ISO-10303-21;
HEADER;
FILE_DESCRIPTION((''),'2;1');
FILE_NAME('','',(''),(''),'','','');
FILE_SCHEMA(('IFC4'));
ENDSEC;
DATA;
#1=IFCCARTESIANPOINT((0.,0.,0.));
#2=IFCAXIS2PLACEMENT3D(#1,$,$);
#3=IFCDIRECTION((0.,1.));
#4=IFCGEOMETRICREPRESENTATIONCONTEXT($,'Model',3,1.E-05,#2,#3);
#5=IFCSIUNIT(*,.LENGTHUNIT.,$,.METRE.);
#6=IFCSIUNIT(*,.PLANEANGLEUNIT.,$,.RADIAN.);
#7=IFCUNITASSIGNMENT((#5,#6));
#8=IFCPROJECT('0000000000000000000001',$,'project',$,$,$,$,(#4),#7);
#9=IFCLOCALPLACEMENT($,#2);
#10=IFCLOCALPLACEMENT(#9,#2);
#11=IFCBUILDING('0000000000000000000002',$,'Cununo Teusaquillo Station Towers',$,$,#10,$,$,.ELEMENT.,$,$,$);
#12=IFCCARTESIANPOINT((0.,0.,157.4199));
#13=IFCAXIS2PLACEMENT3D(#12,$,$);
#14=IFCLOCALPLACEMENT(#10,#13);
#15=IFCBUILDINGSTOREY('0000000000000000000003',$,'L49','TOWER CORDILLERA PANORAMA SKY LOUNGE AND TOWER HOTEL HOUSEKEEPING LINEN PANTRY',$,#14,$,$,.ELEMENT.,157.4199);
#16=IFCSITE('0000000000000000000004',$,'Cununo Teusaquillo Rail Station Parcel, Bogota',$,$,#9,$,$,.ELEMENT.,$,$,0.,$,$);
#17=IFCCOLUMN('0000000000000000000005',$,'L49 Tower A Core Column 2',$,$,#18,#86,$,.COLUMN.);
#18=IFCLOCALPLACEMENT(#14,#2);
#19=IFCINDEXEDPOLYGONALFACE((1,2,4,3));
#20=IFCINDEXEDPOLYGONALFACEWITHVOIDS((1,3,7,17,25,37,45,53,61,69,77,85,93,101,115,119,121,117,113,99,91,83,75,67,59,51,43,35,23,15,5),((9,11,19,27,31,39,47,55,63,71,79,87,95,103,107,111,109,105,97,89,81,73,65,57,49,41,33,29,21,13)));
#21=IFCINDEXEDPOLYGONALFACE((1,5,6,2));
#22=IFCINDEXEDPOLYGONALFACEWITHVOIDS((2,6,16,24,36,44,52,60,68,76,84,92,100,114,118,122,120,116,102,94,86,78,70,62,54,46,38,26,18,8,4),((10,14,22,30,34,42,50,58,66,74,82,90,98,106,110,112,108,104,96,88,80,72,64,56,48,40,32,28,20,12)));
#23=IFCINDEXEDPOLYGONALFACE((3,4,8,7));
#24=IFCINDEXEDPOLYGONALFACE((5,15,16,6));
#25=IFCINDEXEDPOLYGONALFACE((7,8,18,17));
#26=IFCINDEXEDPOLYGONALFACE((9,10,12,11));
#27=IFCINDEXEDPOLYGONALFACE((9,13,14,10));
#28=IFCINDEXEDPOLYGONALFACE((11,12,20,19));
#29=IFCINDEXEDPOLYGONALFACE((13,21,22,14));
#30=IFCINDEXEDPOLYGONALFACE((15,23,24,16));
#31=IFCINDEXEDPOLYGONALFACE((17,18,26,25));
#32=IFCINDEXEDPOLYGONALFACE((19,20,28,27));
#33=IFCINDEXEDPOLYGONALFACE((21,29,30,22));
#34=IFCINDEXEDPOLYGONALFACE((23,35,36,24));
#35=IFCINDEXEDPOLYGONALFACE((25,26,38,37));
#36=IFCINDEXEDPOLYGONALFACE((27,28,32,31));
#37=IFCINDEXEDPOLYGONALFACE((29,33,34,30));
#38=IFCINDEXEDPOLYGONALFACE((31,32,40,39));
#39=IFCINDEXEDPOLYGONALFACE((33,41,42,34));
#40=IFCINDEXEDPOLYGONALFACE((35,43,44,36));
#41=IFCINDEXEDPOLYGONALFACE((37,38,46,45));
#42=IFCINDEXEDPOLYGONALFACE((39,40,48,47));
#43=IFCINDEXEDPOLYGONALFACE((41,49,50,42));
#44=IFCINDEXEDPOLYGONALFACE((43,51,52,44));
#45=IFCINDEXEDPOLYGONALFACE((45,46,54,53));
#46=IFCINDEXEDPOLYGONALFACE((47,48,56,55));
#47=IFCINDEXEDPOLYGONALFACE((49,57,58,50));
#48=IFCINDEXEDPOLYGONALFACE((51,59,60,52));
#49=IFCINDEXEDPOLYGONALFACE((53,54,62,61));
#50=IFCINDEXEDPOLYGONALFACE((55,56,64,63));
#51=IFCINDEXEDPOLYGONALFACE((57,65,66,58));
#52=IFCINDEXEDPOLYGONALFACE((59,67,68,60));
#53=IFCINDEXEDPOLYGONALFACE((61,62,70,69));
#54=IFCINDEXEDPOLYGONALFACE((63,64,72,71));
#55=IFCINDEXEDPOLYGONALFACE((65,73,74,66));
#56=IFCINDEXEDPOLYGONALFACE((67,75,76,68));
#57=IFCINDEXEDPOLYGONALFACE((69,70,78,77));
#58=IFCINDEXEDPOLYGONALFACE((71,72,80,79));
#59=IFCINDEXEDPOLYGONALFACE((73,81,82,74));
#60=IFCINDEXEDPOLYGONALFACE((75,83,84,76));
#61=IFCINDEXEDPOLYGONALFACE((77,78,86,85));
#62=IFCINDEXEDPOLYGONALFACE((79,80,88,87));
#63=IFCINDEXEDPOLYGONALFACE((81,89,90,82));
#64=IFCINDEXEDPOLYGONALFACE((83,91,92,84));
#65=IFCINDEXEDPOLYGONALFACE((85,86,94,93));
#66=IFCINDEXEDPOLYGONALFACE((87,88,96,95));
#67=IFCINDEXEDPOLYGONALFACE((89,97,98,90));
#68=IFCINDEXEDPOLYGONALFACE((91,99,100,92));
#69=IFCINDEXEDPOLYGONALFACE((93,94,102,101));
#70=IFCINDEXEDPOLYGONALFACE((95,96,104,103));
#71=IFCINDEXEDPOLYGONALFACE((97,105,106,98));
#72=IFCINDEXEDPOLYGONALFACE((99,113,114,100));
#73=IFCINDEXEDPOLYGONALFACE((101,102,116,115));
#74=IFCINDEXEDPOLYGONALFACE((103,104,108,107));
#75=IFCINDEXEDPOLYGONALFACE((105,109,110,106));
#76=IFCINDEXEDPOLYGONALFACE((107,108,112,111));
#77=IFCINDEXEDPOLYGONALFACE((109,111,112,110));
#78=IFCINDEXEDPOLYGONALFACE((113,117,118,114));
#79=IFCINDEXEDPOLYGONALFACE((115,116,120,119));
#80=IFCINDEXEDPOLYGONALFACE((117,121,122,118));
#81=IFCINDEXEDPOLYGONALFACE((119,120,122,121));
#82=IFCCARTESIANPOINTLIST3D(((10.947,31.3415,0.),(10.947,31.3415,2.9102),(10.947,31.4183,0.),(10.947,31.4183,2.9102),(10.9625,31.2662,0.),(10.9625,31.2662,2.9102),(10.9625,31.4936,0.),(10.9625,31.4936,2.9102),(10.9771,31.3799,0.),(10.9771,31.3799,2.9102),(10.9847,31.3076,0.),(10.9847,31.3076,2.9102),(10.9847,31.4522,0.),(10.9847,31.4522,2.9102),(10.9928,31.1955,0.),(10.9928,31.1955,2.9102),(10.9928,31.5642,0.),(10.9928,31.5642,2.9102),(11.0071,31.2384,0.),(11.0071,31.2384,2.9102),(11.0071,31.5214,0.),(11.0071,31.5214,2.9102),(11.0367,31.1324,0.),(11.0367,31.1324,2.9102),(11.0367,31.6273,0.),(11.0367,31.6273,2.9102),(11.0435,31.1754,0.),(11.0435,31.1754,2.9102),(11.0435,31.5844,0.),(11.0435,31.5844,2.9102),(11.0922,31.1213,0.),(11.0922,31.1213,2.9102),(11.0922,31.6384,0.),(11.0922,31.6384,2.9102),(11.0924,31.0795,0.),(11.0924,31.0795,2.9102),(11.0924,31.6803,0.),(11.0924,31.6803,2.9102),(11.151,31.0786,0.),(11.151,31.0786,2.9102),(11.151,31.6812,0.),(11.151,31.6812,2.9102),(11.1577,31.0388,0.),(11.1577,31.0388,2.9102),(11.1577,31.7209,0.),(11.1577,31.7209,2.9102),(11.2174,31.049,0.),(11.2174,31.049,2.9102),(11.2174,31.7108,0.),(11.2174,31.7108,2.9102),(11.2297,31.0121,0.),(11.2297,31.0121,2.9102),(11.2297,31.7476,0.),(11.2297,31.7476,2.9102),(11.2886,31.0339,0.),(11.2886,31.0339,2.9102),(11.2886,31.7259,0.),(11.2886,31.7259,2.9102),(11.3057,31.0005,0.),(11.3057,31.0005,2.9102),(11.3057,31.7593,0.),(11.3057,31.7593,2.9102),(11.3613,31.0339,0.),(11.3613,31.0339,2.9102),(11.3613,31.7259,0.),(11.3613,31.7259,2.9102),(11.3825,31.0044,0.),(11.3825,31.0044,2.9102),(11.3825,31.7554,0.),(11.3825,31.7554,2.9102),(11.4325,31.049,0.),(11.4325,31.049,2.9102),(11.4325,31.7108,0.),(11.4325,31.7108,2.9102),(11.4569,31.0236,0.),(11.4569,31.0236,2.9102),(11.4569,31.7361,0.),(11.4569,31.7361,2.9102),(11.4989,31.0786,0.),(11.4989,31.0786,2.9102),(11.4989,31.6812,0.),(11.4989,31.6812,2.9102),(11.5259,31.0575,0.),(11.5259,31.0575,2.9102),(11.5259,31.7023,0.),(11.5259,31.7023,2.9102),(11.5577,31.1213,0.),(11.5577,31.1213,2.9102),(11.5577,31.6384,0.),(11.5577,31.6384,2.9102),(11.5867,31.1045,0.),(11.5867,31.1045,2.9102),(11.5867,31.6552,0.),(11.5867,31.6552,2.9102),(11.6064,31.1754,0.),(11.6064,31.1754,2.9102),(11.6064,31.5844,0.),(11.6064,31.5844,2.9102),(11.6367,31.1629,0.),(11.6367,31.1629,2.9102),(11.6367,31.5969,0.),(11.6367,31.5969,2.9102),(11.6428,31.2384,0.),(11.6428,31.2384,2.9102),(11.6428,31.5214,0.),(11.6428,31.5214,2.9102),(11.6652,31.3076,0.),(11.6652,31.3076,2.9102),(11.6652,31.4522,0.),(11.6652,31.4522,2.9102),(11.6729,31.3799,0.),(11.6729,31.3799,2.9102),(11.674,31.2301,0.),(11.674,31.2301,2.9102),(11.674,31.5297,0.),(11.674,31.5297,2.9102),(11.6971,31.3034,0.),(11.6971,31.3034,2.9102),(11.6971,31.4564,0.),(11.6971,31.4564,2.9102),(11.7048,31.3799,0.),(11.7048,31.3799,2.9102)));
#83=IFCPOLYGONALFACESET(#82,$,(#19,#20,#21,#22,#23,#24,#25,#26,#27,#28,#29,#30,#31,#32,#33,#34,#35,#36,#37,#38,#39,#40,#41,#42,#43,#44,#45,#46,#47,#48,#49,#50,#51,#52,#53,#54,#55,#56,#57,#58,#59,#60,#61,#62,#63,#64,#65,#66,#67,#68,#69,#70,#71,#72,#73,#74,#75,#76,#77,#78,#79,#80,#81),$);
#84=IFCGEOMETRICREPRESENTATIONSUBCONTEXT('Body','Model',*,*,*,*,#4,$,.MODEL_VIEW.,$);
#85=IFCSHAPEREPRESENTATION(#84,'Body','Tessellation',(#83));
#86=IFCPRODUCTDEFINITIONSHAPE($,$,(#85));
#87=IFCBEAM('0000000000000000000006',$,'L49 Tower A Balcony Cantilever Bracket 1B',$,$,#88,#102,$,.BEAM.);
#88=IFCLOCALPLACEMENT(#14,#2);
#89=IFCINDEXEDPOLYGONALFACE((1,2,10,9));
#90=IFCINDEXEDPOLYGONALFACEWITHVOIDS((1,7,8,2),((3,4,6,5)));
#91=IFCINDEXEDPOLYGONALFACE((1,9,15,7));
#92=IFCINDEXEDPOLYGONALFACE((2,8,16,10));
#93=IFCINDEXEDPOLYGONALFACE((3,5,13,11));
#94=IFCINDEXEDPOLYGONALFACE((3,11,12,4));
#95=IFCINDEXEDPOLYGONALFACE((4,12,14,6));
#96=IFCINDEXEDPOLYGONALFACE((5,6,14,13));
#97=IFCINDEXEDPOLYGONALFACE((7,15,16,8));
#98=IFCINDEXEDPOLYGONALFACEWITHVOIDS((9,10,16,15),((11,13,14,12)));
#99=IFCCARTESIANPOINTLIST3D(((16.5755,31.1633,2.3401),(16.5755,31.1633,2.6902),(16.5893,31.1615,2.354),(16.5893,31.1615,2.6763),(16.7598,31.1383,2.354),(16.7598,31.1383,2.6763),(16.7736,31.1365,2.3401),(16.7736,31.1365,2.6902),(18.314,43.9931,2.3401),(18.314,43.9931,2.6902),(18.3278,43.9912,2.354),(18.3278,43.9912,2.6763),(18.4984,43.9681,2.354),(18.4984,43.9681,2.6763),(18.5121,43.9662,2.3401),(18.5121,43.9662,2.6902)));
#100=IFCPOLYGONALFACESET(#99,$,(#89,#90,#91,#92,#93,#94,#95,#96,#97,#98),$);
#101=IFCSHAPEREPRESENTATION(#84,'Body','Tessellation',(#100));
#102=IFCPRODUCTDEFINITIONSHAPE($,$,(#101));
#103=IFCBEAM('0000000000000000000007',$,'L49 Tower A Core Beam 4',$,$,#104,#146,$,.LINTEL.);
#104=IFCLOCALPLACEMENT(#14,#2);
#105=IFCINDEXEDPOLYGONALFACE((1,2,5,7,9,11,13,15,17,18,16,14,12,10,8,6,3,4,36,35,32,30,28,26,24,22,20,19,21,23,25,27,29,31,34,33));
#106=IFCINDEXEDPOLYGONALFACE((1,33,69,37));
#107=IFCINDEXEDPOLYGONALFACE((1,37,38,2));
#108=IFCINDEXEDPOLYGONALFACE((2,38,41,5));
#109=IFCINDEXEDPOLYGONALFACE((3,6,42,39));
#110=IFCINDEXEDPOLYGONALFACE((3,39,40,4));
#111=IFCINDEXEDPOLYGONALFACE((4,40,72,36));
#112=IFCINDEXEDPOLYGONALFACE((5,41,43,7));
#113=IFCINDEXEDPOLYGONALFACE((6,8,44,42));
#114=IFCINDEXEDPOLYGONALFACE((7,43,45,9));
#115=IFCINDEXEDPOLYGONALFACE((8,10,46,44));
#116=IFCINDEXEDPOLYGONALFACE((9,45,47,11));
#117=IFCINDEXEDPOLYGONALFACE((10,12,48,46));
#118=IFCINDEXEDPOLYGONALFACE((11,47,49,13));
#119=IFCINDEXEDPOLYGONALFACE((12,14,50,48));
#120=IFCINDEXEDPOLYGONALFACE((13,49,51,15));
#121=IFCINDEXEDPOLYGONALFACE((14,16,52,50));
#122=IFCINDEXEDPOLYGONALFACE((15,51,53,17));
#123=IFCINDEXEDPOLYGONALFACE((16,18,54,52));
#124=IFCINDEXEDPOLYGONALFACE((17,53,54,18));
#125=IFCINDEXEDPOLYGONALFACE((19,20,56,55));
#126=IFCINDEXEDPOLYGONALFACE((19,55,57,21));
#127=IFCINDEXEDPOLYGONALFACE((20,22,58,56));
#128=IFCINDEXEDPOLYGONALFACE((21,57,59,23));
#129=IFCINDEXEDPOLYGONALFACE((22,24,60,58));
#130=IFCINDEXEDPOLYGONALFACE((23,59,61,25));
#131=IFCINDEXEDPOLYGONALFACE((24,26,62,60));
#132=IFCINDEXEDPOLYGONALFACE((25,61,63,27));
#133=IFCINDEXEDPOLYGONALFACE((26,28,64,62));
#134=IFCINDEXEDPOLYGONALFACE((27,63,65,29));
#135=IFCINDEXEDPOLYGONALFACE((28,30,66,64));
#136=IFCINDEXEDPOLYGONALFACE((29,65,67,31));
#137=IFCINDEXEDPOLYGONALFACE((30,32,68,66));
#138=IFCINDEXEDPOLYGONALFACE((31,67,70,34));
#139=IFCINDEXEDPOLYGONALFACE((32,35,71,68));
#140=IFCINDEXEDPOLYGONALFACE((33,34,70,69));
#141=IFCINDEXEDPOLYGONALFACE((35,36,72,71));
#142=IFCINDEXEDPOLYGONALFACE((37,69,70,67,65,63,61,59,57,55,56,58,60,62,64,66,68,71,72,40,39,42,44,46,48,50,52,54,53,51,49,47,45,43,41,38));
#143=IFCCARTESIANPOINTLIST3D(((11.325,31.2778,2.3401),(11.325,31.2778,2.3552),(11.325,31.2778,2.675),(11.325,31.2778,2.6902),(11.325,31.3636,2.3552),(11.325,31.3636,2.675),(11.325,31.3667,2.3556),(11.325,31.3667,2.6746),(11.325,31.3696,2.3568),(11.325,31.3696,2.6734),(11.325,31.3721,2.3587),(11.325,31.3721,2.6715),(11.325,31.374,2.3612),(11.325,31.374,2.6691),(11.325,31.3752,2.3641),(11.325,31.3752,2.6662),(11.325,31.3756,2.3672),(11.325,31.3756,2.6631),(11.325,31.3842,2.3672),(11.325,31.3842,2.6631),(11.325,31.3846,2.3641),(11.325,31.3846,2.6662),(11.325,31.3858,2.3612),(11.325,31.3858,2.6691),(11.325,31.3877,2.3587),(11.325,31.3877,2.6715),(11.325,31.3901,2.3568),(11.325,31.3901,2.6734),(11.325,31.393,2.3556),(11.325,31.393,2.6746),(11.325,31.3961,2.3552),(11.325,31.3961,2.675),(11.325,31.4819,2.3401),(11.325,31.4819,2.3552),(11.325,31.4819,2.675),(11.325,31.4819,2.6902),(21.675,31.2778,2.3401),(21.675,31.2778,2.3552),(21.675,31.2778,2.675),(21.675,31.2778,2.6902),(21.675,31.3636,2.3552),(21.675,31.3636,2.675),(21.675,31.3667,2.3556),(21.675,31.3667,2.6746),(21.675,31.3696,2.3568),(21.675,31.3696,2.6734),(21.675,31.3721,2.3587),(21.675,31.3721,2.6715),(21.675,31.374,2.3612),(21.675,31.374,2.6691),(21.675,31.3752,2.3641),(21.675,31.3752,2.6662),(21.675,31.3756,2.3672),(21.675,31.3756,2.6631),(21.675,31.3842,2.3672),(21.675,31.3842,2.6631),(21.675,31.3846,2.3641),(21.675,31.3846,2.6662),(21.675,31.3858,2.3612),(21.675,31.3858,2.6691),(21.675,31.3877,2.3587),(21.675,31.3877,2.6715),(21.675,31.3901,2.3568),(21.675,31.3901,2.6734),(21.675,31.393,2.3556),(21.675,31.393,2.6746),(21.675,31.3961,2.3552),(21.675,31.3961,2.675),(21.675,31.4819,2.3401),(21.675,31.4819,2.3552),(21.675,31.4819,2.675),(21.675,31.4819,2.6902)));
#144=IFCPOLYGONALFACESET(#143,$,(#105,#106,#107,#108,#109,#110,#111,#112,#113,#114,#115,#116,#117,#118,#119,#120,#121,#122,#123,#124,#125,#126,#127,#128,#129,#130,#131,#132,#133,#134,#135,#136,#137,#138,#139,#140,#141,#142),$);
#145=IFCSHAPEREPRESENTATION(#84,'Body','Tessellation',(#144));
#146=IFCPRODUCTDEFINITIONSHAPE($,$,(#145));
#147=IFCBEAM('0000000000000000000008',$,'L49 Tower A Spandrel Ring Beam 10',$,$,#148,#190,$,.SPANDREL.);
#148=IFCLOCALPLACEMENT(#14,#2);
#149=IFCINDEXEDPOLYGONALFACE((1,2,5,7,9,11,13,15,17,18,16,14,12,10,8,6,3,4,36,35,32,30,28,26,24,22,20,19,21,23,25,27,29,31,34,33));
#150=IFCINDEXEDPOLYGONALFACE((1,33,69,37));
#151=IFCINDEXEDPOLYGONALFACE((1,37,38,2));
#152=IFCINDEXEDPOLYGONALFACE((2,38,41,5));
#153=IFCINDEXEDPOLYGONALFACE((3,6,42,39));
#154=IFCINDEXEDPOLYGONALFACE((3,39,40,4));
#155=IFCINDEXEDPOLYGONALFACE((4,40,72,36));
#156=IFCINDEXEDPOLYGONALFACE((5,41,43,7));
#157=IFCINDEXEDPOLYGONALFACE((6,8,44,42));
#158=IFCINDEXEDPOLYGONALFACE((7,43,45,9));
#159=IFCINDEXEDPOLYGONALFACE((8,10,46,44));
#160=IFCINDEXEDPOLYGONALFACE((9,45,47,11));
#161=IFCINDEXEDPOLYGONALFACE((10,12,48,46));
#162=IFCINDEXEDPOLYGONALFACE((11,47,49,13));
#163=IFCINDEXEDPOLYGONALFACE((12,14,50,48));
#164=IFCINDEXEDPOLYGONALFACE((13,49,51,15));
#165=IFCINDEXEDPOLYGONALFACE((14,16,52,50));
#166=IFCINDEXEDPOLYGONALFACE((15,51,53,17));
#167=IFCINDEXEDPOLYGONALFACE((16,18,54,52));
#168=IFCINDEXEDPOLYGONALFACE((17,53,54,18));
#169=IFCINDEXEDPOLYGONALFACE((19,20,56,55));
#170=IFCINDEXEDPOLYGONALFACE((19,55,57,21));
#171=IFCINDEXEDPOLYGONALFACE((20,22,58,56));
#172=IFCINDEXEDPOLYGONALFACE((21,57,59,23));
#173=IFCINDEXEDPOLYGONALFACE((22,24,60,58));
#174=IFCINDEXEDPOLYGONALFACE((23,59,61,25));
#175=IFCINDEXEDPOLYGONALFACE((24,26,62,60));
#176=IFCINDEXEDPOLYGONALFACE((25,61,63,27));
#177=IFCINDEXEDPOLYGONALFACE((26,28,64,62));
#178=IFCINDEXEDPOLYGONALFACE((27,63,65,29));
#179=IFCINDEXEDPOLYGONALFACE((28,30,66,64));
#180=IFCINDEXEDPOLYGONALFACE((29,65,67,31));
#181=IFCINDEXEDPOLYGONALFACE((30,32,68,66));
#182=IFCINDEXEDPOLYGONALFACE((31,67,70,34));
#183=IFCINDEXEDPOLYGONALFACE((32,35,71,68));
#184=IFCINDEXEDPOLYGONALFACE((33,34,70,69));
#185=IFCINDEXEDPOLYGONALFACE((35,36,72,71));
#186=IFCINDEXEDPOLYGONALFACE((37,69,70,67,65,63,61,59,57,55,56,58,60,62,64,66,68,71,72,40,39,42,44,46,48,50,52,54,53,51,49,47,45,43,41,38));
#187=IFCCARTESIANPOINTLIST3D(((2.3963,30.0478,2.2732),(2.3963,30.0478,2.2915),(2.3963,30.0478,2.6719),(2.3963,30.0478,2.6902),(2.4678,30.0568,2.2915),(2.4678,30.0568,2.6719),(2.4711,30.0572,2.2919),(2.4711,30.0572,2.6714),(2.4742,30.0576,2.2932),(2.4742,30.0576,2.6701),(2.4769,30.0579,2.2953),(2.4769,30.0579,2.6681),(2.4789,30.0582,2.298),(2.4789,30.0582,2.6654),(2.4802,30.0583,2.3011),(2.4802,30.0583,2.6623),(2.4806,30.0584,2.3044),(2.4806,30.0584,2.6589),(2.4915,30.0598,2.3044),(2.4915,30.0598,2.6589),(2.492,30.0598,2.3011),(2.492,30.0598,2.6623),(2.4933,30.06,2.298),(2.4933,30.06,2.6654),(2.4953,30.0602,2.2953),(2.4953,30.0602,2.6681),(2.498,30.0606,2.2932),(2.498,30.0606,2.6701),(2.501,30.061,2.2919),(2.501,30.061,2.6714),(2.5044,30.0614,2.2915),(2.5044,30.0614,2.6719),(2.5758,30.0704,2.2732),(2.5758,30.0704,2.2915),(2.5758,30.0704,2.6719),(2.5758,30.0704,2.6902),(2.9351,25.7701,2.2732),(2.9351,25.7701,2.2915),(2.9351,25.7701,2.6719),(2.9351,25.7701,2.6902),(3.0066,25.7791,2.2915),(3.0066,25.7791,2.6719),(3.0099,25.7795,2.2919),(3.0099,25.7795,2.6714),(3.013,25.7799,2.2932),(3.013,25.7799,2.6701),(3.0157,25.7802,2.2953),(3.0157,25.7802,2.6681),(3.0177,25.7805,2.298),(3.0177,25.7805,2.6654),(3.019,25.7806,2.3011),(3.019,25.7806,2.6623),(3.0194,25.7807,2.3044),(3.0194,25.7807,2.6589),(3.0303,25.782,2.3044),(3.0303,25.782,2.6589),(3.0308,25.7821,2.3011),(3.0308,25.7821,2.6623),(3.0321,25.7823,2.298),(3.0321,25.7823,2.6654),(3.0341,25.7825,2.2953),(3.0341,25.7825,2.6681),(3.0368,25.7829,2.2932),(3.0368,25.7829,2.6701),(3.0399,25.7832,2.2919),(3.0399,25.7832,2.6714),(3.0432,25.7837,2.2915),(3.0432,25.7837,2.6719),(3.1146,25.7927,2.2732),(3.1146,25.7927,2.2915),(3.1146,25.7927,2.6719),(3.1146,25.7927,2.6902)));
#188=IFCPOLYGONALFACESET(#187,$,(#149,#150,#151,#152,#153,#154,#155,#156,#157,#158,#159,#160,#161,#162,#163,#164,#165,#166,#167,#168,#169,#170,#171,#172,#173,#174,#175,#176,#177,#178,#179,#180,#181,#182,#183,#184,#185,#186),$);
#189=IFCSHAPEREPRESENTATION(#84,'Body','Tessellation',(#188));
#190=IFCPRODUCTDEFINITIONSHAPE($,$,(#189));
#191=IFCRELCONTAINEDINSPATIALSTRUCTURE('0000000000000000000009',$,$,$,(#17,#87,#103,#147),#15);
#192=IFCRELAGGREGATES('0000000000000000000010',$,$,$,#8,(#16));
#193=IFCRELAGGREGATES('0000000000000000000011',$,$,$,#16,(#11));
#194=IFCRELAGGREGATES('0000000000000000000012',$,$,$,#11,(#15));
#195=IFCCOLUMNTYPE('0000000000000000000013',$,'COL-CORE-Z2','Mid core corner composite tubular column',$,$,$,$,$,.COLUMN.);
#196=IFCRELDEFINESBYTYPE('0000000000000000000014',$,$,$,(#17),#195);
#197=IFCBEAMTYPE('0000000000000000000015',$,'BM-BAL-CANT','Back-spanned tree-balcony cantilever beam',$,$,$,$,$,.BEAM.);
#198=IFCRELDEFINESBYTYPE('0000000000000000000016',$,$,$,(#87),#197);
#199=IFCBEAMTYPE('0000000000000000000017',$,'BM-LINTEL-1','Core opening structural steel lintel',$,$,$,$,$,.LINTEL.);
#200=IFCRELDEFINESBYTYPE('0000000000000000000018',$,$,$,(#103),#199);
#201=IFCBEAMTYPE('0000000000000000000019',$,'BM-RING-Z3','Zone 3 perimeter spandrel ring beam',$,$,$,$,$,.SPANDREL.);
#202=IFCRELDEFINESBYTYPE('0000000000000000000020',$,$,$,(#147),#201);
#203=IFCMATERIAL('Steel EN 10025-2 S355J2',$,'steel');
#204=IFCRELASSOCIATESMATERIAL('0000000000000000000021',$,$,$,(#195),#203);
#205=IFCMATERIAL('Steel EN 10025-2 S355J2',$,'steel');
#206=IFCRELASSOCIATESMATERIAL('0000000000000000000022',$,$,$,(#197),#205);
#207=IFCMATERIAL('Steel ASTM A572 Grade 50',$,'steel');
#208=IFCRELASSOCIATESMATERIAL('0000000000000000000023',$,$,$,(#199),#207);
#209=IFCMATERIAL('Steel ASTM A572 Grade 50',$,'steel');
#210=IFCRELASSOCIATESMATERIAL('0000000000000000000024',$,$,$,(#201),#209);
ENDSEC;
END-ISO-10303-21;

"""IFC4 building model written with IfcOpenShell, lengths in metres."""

from ifc_helpers import new_model, si_unit, direction, frame, origin, origin_2d, place, context, subcontext, project, spatial, hollow_rectangle, hollow_circle, i_section, extrude, material, material_profile, profile_set, type_object, element, save


model = new_model("IFC4")

# Units and contexts
model_context = context("Model", 3, precision=1e-05, world=origin(), true_north=direction((0.0, 1.0)))
body_context = subcontext(model_context, "Body", "Model", "MODEL_VIEW")
ifc_project = project(units=[si_unit("LENGTHUNIT", "METRE"), si_unit("PLANEANGLEUNIT", "RADIAN")], contexts=[model_context])

# Site, building, storey
site_placement = place(None, origin())
site = spatial("IfcSite", under=ifc_project, at=site_placement, Name="Cununo Teusaquillo Rail Station Parcel, Bogota", CompositionType="ELEMENT", RefElevation=0.0)
building_placement = place(site_placement, origin())
building = spatial("IfcBuilding", under=site, at=building_placement, Name="Cununo Teusaquillo Station Towers", CompositionType="ELEMENT")
storey_placement = place(building_placement, frame((0.0, 0.0, 157.4199)))
storey = spatial("IfcBuildingStorey", under=building, at=storey_placement, Name="L49", Description="TOWER CORDILLERA PANORAMA SKY LOUNGE AND TOWER HOTEL HOUSEKEEPING LINEN PANTRY", CompositionType="ELEMENT", Elevation=157.4199)

# Column
ifc_material_1 = material(Name="Steel EN 10025-2 S355J2", Category="steel")
ifc_material_profile_1 = material_profile(ifc_material_1, hollow_circle(Radius=0.3799, WallThickness=0.032, at=origin_2d()), Name="CHS 760x32")
ifc_profile_set_1 = profile_set([ifc_material_profile_1], Name="Steel EN 10025-2 S355J2")
column_type = type_object("IfcColumnType", Name="COL-CORE-Z2", Description="Mid core corner composite tubular column", PredefinedType="COLUMN", material=ifc_profile_set_1)
column_placement = place(storey_placement, frame((11.325, 31.3799, 0.0), z_axis=(0.0, 0.0, 1.0), x_axis=(1.0, 0.0, 0.0)))
element("IfcColumn", 1, at=column_placement, inside=storey, type_object=column_type, Name="L49 Tower A Core Column 2", PredefinedType="COLUMN", context=body_context, shape_type="SweptSolid", body=[
    extrude(hollow_circle(Radius=0.3799, WallThickness=0.032, at=origin_2d()), origin(), (0.0, 0.0, 1.0), 2.9102),
])

# Beams
ifc_material_2 = material(Name="Steel EN 10025-2 S355J2", Category="steel")
ifc_material_profile_2 = material_profile(ifc_material_2, hollow_rectangle(XDim=0.2, YDim=0.3501, WallThickness=0.0139, at=origin_2d()), Name="RHS 350x200x14")
ifc_profile_set_2 = profile_set([ifc_material_profile_2], Name="Steel EN 10025-2 S355J2")
beam_type_1 = type_object("IfcBeamType", Name="BM-BAL-CANT", Description="Back-spanned tree-balcony cantilever beam", PredefinedType="BEAM", material=ifc_profile_set_2)
beam_1_placement = place(storey_placement, frame((16.6746, 31.1499, 2.5151), z_axis=(0.134279, 0.990944, 0.0), x_axis=(-0.990944, 0.134279, 0.0)))
element("IfcBeam", 2, at=beam_1_placement, inside=storey, type_object=beam_type_1, Name="L49 Tower A Balcony Cantilever Bracket 1B", PredefinedType="BEAM", context=body_context, shape_type="SweptSolid", body=[
    extrude(hollow_rectangle(XDim=0.2, YDim=0.3501, WallThickness=0.0139, at=origin_2d()), origin(), (0.0, 0.0, 1.0), 12.947),
])
ifc_material_3 = material(Name="Steel ASTM A572 Grade 50", Category="steel")
ifc_material_profile_3 = material_profile(ifc_material_3, i_section(OverallWidth=0.2041, OverallDepth=0.3501, WebThickness=0.0085, FlangeThickness=0.0151, FilletRadius=0.012, at=origin_2d()), Name="W14X48")
ifc_profile_set_3 = profile_set([ifc_material_profile_3], Name="Steel ASTM A572 Grade 50")
beam_type_2 = type_object("IfcBeamType", Name="BM-LINTEL-1", Description="Core opening structural steel lintel", PredefinedType="LINTEL", material=ifc_profile_set_3)
beam_2_placement = place(storey_placement, frame((11.325, 31.3799, 2.5151), z_axis=(1.0, 0.0, 0.0), x_axis=(0.0, 1.0, 0.0)))
element("IfcBeam", 3, at=beam_2_placement, inside=storey, type_object=beam_type_2, Name="L49 Tower A Core Beam 4", PredefinedType="LINTEL", context=body_context, shape_type="SweptSolid", body=[
    extrude(i_section(OverallWidth=0.2041, OverallDepth=0.3501, WebThickness=0.0085, FlangeThickness=0.0151, FilletRadius=0.012, at=origin_2d()), origin(), (0.0, 0.0, 1.0), 10.3501),
])
ifc_material_4 = material(Name="Steel ASTM A572 Grade 50", Category="steel")
ifc_material_profile_4 = material_profile(ifc_material_4, i_section(OverallWidth=0.1809, OverallDepth=0.417, WebThickness=0.011, FlangeThickness=0.0183, FilletRadius=0.0129, at=origin_2d()), Name="W16X57")
ifc_profile_set_4 = profile_set([ifc_material_profile_4], Name="Steel ASTM A572 Grade 50")
beam_type_3 = type_object("IfcBeamType", Name="BM-RING-Z3", Description="Zone 3 perimeter spandrel ring beam", PredefinedType="SPANDREL", material=ifc_profile_set_4)
beam_3_placement = place(storey_placement, frame((2.4861, 30.0591, 2.4817), z_axis=(0.124969, -0.992161, 0.0), x_axis=(0.992161, 0.124969, 0.0)))
element("IfcBeam", 4, at=beam_3_placement, inside=storey, type_object=beam_type_3, Name="L49 Tower A Spandrel Ring Beam 10", PredefinedType="SPANDREL", context=body_context, shape_type="SweptSolid", body=[
    extrude(i_section(OverallWidth=0.1809, OverallDepth=0.417, WebThickness=0.011, FlangeThickness=0.0183, FilletRadius=0.0129, at=origin_2d()), origin(), (0.0, 0.0, 1.0), 4.3115),
])

save(model, "model.ifc")
